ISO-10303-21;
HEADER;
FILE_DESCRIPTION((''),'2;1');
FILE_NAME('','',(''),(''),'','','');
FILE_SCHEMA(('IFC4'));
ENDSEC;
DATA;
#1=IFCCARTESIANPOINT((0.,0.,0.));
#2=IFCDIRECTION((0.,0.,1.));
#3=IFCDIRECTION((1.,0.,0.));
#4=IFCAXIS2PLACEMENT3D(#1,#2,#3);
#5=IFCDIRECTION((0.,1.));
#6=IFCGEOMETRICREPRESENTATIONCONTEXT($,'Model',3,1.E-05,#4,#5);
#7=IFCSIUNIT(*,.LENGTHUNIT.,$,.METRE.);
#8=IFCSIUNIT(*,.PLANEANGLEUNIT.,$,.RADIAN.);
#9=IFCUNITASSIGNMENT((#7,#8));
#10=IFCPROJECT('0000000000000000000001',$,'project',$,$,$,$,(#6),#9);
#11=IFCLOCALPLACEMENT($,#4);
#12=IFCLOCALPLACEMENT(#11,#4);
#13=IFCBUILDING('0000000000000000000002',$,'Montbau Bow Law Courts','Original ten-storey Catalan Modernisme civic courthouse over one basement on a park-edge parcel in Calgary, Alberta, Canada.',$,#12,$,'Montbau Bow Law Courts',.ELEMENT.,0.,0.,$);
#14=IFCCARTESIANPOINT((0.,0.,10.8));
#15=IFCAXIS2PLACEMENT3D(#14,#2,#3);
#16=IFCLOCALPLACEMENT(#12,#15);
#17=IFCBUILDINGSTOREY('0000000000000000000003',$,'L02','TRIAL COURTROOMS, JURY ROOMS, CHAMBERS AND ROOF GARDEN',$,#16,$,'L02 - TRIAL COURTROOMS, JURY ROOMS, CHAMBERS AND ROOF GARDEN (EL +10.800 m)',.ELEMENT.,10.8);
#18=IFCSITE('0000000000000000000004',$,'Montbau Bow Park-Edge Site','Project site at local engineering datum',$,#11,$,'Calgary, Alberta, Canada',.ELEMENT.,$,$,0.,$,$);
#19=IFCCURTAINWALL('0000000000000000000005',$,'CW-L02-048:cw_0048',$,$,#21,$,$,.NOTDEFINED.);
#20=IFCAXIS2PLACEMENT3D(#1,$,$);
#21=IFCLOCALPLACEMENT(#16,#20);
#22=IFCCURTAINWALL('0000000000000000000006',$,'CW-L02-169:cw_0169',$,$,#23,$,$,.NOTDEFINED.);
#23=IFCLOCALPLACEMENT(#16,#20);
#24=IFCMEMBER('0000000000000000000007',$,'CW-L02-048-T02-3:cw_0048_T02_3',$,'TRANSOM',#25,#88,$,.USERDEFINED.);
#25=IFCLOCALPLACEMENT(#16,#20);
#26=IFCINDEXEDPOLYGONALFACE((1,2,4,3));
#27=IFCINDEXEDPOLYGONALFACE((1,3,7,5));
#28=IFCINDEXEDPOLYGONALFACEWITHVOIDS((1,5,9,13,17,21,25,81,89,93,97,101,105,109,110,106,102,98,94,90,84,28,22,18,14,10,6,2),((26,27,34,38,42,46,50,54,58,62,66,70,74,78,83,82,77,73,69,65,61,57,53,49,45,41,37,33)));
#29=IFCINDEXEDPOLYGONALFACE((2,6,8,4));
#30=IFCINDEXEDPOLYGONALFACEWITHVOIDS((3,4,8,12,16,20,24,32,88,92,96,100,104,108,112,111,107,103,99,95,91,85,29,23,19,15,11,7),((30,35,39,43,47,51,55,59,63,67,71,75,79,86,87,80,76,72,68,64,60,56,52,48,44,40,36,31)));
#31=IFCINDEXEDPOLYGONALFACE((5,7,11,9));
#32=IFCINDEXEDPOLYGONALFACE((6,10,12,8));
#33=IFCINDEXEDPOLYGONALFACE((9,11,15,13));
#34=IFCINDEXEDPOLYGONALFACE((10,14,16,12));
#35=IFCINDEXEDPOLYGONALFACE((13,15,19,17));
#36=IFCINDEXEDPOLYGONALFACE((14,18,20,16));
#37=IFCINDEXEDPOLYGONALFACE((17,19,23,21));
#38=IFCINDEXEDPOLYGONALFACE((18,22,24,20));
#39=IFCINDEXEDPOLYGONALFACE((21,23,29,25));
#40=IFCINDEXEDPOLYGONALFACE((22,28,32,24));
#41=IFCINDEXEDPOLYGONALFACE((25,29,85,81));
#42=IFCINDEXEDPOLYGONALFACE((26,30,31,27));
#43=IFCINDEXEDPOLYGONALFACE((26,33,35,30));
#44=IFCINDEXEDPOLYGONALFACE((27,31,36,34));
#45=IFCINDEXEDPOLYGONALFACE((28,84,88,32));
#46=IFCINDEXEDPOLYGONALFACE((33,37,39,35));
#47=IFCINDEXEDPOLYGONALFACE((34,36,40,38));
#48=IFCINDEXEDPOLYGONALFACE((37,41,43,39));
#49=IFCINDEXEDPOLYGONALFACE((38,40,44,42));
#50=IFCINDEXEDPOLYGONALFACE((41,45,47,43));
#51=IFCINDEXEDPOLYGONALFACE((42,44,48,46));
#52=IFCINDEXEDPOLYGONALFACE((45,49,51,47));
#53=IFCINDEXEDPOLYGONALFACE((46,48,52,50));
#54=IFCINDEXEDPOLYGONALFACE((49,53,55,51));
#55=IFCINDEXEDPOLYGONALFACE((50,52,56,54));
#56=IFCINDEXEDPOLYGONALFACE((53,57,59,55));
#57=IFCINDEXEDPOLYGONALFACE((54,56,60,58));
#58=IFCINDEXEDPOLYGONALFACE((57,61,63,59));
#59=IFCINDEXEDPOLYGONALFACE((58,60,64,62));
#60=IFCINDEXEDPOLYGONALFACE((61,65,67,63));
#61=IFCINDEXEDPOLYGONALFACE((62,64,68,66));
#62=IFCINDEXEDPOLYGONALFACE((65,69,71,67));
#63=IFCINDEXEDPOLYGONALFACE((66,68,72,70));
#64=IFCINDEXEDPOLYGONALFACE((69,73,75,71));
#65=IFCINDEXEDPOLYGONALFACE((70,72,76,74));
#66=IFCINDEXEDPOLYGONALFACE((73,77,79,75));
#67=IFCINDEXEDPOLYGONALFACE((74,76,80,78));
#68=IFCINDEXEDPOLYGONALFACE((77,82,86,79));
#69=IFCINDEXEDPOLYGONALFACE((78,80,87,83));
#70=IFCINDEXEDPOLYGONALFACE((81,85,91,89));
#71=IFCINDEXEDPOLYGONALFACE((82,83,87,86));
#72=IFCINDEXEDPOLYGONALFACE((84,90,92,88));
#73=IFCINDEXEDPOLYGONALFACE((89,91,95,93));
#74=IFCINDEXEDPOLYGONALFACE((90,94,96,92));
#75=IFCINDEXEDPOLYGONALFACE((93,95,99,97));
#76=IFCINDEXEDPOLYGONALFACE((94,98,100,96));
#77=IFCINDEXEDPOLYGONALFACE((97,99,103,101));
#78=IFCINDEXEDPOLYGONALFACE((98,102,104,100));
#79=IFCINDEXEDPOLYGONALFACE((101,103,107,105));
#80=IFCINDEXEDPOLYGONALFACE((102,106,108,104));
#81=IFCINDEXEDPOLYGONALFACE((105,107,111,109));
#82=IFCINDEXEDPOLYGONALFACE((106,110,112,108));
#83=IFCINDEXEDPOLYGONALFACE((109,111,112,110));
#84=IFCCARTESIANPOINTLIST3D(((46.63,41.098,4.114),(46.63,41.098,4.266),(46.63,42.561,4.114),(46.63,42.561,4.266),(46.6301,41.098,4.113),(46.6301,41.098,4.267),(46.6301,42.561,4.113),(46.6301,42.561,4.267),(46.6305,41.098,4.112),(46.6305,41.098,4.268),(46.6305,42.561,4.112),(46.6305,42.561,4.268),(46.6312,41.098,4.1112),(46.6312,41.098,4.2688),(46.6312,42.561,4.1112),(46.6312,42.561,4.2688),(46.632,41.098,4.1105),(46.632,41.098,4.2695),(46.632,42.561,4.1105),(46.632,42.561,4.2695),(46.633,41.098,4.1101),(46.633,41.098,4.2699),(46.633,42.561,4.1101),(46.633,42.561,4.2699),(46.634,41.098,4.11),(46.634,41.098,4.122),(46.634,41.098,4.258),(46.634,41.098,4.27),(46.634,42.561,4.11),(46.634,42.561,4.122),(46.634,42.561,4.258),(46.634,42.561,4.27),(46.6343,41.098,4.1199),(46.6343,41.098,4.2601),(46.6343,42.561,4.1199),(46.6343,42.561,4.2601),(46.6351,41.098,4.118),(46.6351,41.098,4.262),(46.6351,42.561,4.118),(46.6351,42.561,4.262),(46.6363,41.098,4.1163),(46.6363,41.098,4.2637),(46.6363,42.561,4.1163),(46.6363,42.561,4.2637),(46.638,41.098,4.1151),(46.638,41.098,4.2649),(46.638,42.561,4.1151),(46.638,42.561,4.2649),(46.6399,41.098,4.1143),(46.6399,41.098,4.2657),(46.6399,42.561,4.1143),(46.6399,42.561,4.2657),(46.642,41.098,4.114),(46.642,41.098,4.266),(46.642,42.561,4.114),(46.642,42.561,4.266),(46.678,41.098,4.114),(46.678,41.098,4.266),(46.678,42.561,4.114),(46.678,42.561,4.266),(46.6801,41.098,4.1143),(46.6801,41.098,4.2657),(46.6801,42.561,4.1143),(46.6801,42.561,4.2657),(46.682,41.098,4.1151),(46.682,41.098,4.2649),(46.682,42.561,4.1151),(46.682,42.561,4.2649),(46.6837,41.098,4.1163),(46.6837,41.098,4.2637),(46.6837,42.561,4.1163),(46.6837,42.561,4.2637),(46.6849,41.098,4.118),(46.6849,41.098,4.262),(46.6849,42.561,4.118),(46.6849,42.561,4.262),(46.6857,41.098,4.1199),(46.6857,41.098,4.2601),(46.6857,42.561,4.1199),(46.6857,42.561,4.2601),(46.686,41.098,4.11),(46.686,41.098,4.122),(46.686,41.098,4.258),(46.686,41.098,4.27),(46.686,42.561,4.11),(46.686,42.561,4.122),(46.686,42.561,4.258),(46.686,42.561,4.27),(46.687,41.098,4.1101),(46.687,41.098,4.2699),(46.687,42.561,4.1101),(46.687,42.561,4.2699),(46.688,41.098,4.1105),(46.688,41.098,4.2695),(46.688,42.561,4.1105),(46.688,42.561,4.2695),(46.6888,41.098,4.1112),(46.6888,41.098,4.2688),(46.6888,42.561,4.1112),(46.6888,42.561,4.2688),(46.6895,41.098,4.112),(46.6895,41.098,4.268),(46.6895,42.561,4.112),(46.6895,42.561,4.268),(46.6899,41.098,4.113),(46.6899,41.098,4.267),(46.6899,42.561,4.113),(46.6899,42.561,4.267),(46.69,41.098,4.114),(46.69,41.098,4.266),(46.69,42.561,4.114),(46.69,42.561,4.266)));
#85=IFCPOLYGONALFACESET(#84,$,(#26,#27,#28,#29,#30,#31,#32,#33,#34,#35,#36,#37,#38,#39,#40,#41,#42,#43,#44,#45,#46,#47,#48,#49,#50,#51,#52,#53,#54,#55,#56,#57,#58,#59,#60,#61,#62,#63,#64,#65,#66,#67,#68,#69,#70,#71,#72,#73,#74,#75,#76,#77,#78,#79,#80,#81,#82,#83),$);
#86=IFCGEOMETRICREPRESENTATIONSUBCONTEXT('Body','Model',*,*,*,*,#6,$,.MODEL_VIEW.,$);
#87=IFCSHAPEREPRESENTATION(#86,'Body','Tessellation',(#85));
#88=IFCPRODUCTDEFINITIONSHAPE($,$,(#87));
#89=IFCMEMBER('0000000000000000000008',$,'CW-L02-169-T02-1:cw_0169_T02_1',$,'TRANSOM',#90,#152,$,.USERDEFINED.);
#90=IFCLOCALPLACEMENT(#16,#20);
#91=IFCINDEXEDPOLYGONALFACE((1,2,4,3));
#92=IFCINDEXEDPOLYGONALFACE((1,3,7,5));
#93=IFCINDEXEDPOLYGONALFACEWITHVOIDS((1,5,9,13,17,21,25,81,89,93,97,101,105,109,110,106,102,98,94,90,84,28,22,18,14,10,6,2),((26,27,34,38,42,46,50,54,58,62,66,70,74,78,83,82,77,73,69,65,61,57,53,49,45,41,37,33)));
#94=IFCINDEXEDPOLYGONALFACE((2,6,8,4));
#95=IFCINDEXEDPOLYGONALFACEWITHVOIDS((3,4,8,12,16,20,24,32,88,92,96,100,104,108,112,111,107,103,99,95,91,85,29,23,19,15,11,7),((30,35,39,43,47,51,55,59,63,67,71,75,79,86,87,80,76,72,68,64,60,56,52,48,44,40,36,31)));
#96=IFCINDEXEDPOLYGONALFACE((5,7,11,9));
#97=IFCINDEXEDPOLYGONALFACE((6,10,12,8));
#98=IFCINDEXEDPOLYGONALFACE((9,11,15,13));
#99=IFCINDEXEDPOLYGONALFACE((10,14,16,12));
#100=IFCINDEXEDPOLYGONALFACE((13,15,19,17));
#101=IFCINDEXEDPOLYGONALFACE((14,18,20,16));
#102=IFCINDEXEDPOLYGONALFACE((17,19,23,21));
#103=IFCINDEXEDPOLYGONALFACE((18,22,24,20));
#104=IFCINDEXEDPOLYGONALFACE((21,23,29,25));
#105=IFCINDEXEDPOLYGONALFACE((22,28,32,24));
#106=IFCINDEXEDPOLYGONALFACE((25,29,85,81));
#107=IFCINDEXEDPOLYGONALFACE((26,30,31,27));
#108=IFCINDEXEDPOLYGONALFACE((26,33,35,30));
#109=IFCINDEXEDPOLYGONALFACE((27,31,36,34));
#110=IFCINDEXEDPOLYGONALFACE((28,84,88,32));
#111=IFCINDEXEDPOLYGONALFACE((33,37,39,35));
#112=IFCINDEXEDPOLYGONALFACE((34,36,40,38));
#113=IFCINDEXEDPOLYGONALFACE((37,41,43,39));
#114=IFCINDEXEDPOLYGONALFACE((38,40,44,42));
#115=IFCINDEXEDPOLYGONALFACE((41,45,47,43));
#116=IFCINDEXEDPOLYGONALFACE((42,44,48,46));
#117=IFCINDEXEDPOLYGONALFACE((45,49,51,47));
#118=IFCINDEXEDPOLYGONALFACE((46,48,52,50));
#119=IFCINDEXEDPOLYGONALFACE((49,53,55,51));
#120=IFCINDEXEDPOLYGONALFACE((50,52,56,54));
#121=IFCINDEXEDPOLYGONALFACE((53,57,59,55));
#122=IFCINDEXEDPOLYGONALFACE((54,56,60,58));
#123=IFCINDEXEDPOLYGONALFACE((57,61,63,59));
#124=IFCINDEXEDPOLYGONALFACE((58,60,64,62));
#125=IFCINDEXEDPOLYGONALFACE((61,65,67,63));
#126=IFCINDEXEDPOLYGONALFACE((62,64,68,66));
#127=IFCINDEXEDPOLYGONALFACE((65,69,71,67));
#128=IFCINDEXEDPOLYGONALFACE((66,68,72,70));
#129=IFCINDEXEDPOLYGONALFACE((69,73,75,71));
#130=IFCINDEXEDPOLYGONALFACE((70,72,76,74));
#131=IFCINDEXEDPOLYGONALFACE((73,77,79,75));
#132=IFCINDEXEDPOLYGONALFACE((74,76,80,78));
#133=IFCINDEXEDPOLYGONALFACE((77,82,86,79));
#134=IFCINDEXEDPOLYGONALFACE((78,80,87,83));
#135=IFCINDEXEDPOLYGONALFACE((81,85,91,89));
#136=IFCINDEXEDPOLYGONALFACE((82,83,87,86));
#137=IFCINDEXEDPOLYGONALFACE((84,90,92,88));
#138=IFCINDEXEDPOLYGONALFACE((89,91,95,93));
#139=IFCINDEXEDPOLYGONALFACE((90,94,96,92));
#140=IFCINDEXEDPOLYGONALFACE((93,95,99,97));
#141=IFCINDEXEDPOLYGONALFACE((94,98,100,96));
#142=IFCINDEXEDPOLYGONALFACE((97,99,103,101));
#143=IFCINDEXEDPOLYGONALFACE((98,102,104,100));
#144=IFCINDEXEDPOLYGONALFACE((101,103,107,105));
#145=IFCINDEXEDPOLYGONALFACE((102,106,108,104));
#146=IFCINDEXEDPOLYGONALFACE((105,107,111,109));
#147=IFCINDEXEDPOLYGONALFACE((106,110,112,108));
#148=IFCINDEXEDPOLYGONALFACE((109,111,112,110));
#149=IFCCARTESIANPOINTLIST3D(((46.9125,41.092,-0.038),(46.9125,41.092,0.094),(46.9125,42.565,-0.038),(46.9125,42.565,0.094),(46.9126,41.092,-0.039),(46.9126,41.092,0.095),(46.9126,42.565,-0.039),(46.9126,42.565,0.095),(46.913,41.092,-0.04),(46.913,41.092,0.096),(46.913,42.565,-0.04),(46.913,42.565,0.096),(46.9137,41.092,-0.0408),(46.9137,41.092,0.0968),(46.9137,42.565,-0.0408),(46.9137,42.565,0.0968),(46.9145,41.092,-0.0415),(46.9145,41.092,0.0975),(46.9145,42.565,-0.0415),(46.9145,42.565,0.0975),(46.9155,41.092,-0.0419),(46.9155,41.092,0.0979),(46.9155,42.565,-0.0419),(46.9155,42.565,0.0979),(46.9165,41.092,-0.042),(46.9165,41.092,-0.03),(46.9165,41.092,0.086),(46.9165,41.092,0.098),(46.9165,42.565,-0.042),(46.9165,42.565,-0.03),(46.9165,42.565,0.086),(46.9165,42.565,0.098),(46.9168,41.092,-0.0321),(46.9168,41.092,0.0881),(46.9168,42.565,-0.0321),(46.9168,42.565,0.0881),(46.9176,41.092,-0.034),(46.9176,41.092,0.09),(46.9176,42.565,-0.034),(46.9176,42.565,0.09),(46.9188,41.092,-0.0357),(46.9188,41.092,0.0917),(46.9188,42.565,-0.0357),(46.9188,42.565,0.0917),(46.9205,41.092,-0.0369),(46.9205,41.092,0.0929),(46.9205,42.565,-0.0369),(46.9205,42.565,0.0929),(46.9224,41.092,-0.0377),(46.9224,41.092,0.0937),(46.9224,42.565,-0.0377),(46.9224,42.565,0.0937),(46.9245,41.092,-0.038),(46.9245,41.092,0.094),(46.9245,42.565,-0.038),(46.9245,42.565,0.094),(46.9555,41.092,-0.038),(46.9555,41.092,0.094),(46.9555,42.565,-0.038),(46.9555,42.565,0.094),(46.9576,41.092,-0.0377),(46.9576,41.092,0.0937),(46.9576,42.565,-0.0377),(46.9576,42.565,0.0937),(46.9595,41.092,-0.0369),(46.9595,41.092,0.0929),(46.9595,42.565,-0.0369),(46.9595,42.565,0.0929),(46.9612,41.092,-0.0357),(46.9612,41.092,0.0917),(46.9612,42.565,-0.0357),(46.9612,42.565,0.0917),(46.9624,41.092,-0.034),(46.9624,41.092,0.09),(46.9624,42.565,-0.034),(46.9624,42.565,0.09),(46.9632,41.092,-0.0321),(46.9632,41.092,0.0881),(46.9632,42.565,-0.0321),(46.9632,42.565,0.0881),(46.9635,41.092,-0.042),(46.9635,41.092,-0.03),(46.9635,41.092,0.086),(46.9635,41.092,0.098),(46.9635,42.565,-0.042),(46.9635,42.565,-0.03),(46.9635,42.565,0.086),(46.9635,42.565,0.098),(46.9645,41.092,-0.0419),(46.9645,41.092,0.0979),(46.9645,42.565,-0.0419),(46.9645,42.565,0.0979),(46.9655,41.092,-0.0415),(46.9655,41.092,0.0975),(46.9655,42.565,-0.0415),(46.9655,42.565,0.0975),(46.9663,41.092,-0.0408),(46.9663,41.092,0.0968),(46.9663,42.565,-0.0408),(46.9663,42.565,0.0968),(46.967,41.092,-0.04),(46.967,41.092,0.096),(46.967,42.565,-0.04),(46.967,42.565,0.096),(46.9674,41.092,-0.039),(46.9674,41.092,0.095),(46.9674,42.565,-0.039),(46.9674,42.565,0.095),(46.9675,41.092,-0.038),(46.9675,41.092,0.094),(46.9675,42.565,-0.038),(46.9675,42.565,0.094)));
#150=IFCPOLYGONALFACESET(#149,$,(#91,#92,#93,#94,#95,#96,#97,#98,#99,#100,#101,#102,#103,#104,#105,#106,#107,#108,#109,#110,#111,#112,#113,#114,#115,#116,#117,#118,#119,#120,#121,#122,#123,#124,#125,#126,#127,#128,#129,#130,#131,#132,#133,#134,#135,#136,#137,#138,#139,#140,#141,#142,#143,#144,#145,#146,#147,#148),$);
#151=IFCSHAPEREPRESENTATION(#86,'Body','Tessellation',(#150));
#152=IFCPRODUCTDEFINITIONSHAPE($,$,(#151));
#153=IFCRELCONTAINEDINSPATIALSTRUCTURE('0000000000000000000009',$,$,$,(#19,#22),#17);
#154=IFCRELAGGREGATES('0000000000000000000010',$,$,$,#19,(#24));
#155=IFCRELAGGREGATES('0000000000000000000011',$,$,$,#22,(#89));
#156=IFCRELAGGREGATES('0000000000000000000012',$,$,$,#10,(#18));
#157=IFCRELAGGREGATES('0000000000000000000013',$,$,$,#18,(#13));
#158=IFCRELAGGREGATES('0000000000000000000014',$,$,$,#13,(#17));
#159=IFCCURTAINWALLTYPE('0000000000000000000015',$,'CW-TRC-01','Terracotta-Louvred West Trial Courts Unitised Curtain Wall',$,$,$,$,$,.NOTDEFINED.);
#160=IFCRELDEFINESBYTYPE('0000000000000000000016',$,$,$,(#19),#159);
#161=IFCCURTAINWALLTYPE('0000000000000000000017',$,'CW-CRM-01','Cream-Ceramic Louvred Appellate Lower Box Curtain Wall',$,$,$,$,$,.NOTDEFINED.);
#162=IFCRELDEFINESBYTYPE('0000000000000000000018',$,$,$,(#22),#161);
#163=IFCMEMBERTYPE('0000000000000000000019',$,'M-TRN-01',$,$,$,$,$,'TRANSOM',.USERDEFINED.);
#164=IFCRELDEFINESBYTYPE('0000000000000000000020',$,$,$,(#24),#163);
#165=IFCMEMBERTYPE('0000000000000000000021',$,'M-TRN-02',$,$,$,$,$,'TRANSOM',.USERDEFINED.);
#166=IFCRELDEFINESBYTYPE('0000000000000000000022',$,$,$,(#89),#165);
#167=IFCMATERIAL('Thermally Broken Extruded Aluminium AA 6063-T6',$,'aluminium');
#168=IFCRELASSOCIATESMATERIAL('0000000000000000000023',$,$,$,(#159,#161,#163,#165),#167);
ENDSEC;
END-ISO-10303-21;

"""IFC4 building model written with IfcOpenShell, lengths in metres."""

from ifc_helpers import new_model, si_unit, direction, frame, origin_with_axes, origin_2d_with_axis, place, context, subcontext, project, spatial, hollow_rectangle, extrude, material, material_profile, profile_set, type_object, element, aggregate, save


model = new_model("IFC4")

# Units and contexts
model_context = context("Model", 3, precision=1e-05, world=origin_with_axes(), true_north=direction((0.0, 1.0)))
body_context = subcontext(model_context, "Body", "Model", "MODEL_VIEW")
ifc_project = project(units=[si_unit("LENGTHUNIT", "METRE"), si_unit("PLANEANGLEUNIT", "RADIAN")], contexts=[model_context])

# Site, building, storey
site_placement = place(None, origin_with_axes())
site = spatial("IfcSite", under=ifc_project, at=site_placement, Name="Montbau Bow Park-Edge Site", Description="Project site at local engineering datum", LongName="Calgary, Alberta, Canada", CompositionType="ELEMENT", RefElevation=0.0)
building_placement = place(site_placement, origin_with_axes())
building = spatial("IfcBuilding", under=site, at=building_placement, Name="Montbau Bow Law Courts", Description="Original ten-storey Catalan Modernisme civic courthouse over one basement on a park-edge parcel in Calgary, Alberta, Canada.", LongName="Montbau Bow Law Courts", CompositionType="ELEMENT", ElevationOfRefHeight=0.0, ElevationOfTerrain=0.0)
storey_placement = place(building_placement, frame((0.0, 0.0, 10.8), z_axis=(0.0, 0.0, 1.0), x_axis=(1.0, 0.0, 0.0)))
storey = spatial("IfcBuildingStorey", under=building, at=storey_placement, Name="L02", Description="TRIAL COURTROOMS, JURY ROOMS, CHAMBERS AND ROOF GARDEN", LongName="L02 - TRIAL COURTROOMS, JURY ROOMS, CHAMBERS AND ROOF GARDEN (EL +10.800 m)", CompositionType="ELEMENT", Elevation=10.8)

# Curtain walls
ifc_material_1 = material(Name="Thermally Broken Extruded Aluminium AA 6063-T6", Category="aluminium")
curtain_wall_type_1 = type_object("IfcCurtainWallType", Name="CW-TRC-01", Description="Terracotta-Louvred West Trial Courts Unitised Curtain Wall", PredefinedType="NOTDEFINED", material=ifc_material_1)
curtain_wall_1_placement = place(None, frame((46.66, 39.515, 10.8), z_axis=(0.0, 0.0, 1.0), x_axis=(1.0, 0.0, 0.0)))
curtain_wall_1 = element("IfcCurtainWall", 1, at=curtain_wall_1_placement, inside=storey, type_object=curtain_wall_type_1, Name="CW-L02-048:cw_0048", PredefinedType="NOTDEFINED")
curtain_wall_type_2 = type_object("IfcCurtainWallType", Name="CW-CRM-01", Description="Cream-Ceramic Louvred Appellate Lower Box Curtain Wall", PredefinedType="NOTDEFINED", material=ifc_material_1)
curtain_wall_2_placement = place(None, frame((46.94, 39.515, 10.8), z_axis=(0.0, 0.0, 1.0), x_axis=(1.0, 0.0, 0.0)))
curtain_wall_2 = element("IfcCurtainWall", 2, at=curtain_wall_2_placement, inside=storey, type_object=curtain_wall_type_2, Name="CW-L02-169:cw_0169", PredefinedType="NOTDEFINED")

# Members
ifc_material_profile_1 = material_profile(ifc_material_1, hollow_rectangle(XDim=0.06, YDim=0.16, WallThickness=0.004, InnerFilletRadius=0.008, OuterFilletRadius=0.004, at=origin_2d_with_axis()), Name="CWT-160X60", Category="Main", Priority=0)
ifc_profile_set_1 = profile_set([ifc_material_profile_1], Name="Thermally Broken Extruded Aluminium AA 6063-T6")
member_type_1 = type_object("IfcMemberType", Name="M-TRN-01", ElementType="TRANSOM", PredefinedType="USERDEFINED", material=ifc_profile_set_1)
member_1_placement = place(None, frame((46.66, 41.098, 14.99), z_axis=(0.0, 1.0, 0.0), x_axis=(-1.0, 0.0, 0.0)))
member_1 = element("IfcMember", 3, at=member_1_placement, type_object=member_type_1, Name="CW-L02-048-T02-3:cw_0048_T02_3", ObjectType="TRANSOM", PredefinedType="USERDEFINED", context=body_context, shape_type="SweptSolid", body=[
    extrude(hollow_rectangle(XDim=0.06, YDim=0.16, WallThickness=0.004, InnerFilletRadius=0.008, OuterFilletRadius=0.004, at=origin_2d_with_axis()), origin_with_axes(), (0.0, 0.0, 1.0), 1.463),
])
ifc_material_profile_2 = material_profile(ifc_material_1, hollow_rectangle(XDim=0.055, YDim=0.14, WallThickness=0.004, InnerFilletRadius=0.008, OuterFilletRadius=0.004, at=origin_2d_with_axis()), Name="CWT-140X55", Category="Main", Priority=0)
ifc_profile_set_2 = profile_set([ifc_material_profile_2], Name="Thermally Broken Extruded Aluminium AA 6063-T6")
member_type_2 = type_object("IfcMemberType", Name="M-TRN-02", ElementType="TRANSOM", PredefinedType="USERDEFINED", material=ifc_profile_set_2)
member_2_placement = place(None, frame((46.94, 41.092, 10.828), z_axis=(0.0, 1.0, 0.0), x_axis=(-1.0, 0.0, 0.0)))
member_2 = element("IfcMember", 4, at=member_2_placement, type_object=member_type_2, Name="CW-L02-169-T02-1:cw_0169_T02_1", ObjectType="TRANSOM", PredefinedType="USERDEFINED", context=body_context, shape_type="SweptSolid", body=[
    extrude(hollow_rectangle(XDim=0.055, YDim=0.14, WallThickness=0.004, InnerFilletRadius=0.008, OuterFilletRadius=0.004, at=origin_2d_with_axis()), origin_with_axes(), (0.0, 0.0, 1.0), 1.473),
])

aggregate(curtain_wall_1, [member_1])
aggregate(curtain_wall_2, [member_2])

save(model, "model.ifc")
